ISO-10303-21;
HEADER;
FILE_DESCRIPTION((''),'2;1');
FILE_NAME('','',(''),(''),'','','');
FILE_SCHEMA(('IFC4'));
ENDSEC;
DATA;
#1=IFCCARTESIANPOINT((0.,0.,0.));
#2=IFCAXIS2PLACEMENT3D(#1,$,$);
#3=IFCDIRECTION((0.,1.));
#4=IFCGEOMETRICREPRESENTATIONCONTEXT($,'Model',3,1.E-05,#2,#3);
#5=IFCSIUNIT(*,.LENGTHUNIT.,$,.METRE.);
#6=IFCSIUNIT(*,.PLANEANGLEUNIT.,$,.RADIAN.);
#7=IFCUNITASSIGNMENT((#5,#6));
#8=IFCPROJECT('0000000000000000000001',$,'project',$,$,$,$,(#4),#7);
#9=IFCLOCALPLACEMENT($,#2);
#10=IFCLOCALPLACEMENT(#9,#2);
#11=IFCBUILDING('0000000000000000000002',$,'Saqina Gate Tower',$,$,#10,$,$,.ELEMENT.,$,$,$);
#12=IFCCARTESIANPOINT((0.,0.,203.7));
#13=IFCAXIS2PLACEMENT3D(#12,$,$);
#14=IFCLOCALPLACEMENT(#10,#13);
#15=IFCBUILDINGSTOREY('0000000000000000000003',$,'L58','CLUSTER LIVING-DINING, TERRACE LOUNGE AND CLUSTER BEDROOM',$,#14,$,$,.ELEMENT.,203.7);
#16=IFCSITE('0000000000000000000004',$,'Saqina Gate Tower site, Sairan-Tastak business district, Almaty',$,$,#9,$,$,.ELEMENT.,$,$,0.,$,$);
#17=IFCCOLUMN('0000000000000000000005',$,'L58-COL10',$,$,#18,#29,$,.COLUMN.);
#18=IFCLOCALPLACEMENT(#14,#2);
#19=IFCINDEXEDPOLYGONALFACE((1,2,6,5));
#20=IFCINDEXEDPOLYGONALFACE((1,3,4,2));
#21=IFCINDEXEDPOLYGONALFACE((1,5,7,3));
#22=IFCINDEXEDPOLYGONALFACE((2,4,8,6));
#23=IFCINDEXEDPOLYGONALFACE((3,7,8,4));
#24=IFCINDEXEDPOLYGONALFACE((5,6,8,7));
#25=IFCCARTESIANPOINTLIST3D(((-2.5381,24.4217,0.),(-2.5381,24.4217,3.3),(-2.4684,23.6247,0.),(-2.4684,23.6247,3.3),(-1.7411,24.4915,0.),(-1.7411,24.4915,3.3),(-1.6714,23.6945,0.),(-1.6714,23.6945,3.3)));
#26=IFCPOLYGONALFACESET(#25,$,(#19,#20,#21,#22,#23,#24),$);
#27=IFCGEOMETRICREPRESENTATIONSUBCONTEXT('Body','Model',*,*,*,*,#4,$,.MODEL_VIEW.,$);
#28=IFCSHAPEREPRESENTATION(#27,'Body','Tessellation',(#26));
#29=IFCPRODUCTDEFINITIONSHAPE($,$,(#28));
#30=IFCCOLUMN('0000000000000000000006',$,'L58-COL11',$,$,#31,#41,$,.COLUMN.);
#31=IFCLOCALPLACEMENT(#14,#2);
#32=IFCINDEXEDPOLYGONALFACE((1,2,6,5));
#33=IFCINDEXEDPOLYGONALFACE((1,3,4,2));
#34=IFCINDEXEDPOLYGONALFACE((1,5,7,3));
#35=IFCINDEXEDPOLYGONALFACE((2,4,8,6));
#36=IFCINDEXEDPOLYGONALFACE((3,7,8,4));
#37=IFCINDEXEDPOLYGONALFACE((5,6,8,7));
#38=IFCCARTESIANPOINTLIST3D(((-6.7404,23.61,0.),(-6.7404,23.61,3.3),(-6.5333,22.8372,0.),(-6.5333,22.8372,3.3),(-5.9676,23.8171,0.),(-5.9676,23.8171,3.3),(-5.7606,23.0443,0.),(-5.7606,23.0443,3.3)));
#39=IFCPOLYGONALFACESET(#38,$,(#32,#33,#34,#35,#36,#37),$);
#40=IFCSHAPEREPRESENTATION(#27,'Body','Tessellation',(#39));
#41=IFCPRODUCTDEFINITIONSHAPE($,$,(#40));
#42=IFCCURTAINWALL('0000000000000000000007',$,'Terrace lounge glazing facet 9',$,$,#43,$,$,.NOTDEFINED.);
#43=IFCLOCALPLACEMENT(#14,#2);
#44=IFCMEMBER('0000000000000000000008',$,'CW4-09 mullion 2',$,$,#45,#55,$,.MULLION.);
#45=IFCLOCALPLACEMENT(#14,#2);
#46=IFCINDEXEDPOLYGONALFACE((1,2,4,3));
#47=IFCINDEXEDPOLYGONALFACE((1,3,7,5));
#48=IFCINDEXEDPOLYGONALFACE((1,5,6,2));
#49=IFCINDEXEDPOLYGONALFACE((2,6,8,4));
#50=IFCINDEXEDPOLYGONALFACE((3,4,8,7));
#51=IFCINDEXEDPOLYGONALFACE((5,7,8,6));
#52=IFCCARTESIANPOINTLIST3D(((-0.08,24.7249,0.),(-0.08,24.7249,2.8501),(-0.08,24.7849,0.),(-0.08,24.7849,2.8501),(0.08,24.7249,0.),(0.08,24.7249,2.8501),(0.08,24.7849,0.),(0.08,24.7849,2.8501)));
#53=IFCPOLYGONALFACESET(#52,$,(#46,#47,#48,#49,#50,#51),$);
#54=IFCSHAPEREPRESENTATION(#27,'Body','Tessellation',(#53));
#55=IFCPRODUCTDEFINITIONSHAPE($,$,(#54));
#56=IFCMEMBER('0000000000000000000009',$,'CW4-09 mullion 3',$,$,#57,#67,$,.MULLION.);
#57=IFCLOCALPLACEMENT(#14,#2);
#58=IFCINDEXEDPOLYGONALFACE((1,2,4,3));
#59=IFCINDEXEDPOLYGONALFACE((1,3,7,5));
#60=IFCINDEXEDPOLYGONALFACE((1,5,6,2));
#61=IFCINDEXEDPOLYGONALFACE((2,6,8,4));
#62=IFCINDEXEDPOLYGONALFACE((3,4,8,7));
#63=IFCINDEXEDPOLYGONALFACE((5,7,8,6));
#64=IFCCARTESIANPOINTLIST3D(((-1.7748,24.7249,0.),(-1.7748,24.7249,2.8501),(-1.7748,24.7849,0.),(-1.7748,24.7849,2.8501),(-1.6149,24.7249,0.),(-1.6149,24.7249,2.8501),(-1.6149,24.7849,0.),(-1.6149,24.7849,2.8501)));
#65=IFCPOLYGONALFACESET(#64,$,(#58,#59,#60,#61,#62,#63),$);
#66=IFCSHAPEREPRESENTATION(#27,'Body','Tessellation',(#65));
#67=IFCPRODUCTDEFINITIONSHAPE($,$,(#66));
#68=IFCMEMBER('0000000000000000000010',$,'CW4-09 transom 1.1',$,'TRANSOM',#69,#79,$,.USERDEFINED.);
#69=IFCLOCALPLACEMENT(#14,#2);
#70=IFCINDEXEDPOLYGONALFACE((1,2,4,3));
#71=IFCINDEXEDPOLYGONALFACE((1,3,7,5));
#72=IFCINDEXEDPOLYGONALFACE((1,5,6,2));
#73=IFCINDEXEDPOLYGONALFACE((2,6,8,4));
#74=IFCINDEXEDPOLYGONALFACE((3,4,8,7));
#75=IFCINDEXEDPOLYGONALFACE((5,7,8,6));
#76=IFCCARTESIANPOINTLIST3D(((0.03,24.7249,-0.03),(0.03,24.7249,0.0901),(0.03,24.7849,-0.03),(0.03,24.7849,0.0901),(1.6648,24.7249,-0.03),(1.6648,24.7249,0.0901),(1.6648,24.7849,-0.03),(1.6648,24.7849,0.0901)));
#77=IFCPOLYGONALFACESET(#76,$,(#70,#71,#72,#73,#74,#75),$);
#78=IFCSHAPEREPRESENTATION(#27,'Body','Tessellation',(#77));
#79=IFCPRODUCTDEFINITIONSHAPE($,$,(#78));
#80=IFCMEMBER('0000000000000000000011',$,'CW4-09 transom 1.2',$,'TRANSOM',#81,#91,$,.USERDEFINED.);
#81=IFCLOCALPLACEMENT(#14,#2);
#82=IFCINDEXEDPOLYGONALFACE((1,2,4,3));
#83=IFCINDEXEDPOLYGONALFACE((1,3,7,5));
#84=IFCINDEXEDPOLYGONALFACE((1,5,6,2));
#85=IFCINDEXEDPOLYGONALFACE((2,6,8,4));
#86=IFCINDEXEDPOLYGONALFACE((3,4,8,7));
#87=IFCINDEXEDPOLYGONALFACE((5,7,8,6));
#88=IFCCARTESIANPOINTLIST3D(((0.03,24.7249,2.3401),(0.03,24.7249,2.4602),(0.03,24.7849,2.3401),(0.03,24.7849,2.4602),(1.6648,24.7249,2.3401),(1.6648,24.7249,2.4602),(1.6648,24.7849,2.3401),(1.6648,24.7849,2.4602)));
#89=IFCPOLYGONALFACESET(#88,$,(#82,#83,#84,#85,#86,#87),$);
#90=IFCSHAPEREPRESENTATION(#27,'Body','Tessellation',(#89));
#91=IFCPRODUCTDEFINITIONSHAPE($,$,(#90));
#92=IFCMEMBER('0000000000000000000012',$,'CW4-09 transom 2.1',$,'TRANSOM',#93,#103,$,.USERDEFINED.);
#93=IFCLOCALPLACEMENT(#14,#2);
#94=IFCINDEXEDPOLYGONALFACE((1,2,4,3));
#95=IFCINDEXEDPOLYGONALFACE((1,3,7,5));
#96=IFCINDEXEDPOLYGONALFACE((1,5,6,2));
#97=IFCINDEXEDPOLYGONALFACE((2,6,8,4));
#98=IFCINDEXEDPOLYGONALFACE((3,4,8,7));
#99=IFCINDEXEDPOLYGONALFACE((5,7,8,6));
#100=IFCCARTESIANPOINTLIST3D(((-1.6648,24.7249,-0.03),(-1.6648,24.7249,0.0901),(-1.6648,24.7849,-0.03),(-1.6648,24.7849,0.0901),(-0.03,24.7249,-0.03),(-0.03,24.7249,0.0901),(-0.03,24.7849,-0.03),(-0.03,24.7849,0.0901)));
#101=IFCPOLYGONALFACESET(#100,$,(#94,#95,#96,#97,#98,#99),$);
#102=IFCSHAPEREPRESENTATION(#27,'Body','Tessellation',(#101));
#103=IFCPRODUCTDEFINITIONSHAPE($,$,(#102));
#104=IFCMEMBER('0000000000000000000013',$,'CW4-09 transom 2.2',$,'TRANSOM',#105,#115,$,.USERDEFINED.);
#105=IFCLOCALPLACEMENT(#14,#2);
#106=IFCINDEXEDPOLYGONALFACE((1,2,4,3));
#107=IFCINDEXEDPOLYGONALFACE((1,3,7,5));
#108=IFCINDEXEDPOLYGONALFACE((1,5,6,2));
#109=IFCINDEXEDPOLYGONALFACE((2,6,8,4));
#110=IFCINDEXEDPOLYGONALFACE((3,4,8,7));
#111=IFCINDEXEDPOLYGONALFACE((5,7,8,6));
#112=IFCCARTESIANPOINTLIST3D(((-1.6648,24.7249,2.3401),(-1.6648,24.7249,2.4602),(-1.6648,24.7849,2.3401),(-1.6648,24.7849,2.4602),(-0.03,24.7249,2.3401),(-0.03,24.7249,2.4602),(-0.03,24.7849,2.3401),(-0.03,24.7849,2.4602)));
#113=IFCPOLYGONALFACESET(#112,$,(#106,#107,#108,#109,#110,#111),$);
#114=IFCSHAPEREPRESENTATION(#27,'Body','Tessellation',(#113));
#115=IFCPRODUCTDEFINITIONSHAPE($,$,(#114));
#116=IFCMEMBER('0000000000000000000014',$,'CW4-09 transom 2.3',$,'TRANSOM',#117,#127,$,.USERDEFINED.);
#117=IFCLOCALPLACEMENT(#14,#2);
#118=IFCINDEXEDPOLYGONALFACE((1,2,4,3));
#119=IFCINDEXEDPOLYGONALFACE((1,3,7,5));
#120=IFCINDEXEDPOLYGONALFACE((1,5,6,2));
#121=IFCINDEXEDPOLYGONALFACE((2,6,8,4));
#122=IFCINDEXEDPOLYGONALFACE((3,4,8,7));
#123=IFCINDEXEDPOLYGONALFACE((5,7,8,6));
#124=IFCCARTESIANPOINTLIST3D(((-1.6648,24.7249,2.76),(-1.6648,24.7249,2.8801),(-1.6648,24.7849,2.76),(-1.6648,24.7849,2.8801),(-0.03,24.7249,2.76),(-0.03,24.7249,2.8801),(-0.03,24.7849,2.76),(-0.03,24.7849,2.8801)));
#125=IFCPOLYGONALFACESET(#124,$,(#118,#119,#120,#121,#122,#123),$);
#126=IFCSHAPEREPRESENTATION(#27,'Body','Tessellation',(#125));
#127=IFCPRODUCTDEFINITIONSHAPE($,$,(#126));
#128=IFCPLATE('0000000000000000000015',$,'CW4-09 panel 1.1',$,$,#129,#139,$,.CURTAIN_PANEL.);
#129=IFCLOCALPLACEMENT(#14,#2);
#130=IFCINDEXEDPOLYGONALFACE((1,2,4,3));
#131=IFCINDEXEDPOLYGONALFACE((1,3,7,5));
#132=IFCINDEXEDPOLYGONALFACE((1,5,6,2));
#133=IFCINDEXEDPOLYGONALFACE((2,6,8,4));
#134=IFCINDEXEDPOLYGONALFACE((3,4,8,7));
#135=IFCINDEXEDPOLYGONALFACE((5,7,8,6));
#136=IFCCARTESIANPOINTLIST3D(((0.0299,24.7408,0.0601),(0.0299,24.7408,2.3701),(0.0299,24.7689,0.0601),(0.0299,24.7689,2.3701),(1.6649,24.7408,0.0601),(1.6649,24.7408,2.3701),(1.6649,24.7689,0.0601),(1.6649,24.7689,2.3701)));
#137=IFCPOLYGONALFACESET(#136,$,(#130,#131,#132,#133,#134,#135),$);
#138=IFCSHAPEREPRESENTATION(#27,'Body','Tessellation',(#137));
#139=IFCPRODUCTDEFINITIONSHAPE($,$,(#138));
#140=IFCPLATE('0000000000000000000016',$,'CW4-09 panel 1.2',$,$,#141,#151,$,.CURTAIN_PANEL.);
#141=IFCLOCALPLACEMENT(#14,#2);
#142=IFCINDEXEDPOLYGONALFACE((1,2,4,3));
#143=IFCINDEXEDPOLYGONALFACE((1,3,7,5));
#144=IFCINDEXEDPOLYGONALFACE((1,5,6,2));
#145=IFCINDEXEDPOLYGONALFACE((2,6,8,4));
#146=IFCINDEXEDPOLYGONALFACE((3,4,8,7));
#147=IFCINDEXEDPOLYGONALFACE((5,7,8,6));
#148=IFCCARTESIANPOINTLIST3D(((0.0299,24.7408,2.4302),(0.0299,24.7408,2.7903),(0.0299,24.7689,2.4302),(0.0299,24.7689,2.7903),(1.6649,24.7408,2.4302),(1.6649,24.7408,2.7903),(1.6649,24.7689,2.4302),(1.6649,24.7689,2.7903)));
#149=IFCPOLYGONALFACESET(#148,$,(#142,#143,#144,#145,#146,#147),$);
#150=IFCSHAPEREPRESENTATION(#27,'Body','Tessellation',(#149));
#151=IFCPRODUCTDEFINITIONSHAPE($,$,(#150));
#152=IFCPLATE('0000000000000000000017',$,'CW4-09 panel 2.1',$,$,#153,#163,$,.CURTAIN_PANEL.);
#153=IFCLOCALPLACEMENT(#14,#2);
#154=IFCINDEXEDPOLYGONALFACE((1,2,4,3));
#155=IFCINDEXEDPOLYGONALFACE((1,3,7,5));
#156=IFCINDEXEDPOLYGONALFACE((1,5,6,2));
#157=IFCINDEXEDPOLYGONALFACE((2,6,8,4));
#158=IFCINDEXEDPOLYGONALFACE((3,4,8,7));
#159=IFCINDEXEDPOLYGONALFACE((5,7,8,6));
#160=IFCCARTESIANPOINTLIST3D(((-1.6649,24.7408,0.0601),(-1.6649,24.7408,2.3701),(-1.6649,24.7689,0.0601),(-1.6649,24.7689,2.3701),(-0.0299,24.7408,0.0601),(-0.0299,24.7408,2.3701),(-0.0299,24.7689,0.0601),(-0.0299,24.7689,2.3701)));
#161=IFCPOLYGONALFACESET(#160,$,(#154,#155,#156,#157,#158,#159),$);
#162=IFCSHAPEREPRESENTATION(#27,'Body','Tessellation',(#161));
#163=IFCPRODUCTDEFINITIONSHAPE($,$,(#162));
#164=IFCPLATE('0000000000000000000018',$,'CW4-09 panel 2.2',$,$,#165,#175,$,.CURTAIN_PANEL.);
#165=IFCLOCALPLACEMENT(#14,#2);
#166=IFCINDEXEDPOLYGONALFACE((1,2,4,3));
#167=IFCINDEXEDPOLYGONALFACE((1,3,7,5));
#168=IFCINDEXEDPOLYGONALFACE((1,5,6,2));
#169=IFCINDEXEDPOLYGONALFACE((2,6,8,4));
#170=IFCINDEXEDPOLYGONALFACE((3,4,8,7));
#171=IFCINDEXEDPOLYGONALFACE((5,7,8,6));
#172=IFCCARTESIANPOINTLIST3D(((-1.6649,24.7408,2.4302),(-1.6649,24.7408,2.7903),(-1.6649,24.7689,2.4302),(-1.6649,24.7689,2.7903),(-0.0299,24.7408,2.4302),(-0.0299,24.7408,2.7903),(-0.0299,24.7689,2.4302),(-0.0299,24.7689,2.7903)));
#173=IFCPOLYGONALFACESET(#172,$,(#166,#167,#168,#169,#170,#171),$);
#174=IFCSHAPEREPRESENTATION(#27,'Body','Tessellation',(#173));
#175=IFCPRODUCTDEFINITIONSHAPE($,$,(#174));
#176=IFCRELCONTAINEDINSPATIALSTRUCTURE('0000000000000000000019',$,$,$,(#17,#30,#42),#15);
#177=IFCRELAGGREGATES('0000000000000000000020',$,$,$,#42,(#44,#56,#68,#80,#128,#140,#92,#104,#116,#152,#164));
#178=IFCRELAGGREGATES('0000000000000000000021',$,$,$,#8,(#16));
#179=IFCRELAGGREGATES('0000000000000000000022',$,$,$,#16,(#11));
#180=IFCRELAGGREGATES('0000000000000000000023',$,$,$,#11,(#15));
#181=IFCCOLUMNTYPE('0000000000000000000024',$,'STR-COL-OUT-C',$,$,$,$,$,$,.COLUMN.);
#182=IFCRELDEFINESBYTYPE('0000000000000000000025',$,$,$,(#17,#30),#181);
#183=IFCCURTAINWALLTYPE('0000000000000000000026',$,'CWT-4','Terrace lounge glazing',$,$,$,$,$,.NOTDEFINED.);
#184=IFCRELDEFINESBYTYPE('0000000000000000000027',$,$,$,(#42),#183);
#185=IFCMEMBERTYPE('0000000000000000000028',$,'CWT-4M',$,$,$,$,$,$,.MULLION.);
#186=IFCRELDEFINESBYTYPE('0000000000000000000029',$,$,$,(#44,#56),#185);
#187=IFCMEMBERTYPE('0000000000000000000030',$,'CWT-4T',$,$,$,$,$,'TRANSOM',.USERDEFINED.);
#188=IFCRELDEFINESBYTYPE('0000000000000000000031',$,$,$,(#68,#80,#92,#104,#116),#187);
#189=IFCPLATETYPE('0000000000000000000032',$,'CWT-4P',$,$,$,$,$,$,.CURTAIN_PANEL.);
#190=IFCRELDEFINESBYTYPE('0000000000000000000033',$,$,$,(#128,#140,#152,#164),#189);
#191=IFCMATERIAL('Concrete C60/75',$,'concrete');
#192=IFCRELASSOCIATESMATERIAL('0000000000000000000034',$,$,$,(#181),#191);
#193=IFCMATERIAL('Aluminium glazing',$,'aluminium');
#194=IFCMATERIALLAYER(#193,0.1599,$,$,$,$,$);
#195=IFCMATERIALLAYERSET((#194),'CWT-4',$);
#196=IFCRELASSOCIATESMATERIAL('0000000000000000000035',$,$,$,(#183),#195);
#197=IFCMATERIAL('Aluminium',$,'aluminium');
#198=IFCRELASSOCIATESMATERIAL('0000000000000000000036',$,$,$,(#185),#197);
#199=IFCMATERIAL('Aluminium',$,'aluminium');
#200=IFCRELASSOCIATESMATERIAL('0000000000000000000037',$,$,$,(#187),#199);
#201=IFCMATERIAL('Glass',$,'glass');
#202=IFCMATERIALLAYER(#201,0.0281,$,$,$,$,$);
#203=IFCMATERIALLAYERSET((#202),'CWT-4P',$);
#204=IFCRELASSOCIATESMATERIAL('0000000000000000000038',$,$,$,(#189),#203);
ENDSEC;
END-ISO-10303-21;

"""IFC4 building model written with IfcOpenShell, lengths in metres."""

from ifc_helpers import new_model, si_unit, direction, frame, origin, origin_2d, place, context, subcontext, project, spatial, rectangle, extrude, material, layer, layer_set, material_profile, profile_set, type_object, element, aggregate, save


model = new_model("IFC4")

# Units and contexts
model_context = context("Model", 3, precision=1e-05, world=origin(), true_north=direction((0.0, 1.0)))
body_context = subcontext(model_context, "Body", "Model", "MODEL_VIEW")
ifc_project = project(units=[si_unit("LENGTHUNIT", "METRE"), si_unit("PLANEANGLEUNIT", "RADIAN")], contexts=[model_context])

# Site, building, storey
site_placement = place(None, origin())
site = spatial("IfcSite", under=ifc_project, at=site_placement, Name="Saqina Gate Tower site, Sairan-Tastak business district, Almaty", CompositionType="ELEMENT", RefElevation=0.0)
building_placement = place(site_placement, origin())
building = spatial("IfcBuilding", under=site, at=building_placement, Name="Saqina Gate Tower", CompositionType="ELEMENT")
storey_placement = place(building_placement, frame((0.0, 0.0, 203.7)))
storey = spatial("IfcBuildingStorey", under=building, at=storey_placement, Name="L58", Description="CLUSTER LIVING-DINING, TERRACE LOUNGE AND CLUSTER BEDROOM", CompositionType="ELEMENT", Elevation=203.7)

# Columns
ifc_material_1 = material(Name="Concrete C60/75", Category="concrete")
ifc_material_profile_1 = material_profile(ifc_material_1, rectangle(XDim=0.8, YDim=0.8, at=origin_2d()), Name="RC 800x800")
ifc_profile_set_1 = profile_set([ifc_material_profile_1], Name="Concrete C60/75")
column_type = type_object("IfcColumnType", Name="STR-COL-OUT-C", PredefinedType="COLUMN", material=ifc_profile_set_1)
for number, where, z_axis, x_axis, name in (
    (1, (-2.1047, 24.0581, 0.0), (0.0, 0.0, 1.0), (-0.087156, 0.996195, 0.0), "L58-COL10"),
    (2, (-6.2505, 23.3271, 0.0), (0.0, 0.0, 1.0), (-0.258819, 0.965926, 0.0), "L58-COL11"),
):
    element("IfcColumn", number, at=place(storey_placement, frame(where, z_axis=z_axis, x_axis=x_axis)), inside=storey, type_object=column_type, Name=name, PredefinedType="COLUMN", context=body_context, shape_type="SweptSolid", body=[
        extrude(rectangle(XDim=0.8, YDim=0.8, at=origin_2d()), origin(), (0.0, 0.0, 1.0), 3.3),
    ])

# Curtain wall, members, plates
ifc_material_2 = material(Name="Aluminium glazing", Category="aluminium")
ifc_layer_1 = layer(ifc_material_2, 0.1599)
ifc_layer_set_1 = layer_set([ifc_layer_1], Name="CWT-4")
curtain_wall_type = type_object("IfcCurtainWallType", Name="CWT-4", Description="Terrace lounge glazing", PredefinedType="NOTDEFINED", material=ifc_layer_set_1)
curtain_wall_placement = place(storey_placement, origin())
curtain_wall = element("IfcCurtainWall", 3, at=curtain_wall_placement, inside=storey, type_object=curtain_wall_type, Name="Terrace lounge glazing facet 9", PredefinedType="NOTDEFINED")
ifc_material_3 = material(Name="Aluminium", Category="aluminium")
ifc_material_profile_2 = material_profile(ifc_material_3, rectangle(XDim=0.0601, YDim=0.1599, at=origin_2d()), Name="Aluminium 60x160")
ifc_profile_set_2 = profile_set([ifc_material_profile_2], Name="Aluminium")
member_type_1 = type_object("IfcMemberType", Name="CWT-4M", PredefinedType="MULLION", material=ifc_profile_set_2)
member_1_placement = place(storey_placement, frame((0.0, 24.7549, 0.0), z_axis=(0.0, 0.0, 1.0), x_axis=(0.0, -1.0, 0.0)))
member_1 = element("IfcMember", 4, at=member_1_placement, type_object=member_type_1, Name="CW4-09 mullion 2", PredefinedType="MULLION", context=body_context, shape_type="SweptSolid", body=[
    extrude(rectangle(XDim=0.0601, YDim=0.1599, at=origin_2d()), origin(), (0.0, 0.0, 1.0), 2.8501),
])
member_2_placement = place(storey_placement, frame((-1.6948, 24.7549, 0.0), z_axis=(0.0, 0.0, 1.0), x_axis=(0.0, -1.0, 0.0)))
member_2 = element("IfcMember", 5, at=member_2_placement, type_object=member_type_1, Name="CW4-09 mullion 3", PredefinedType="MULLION", context=body_context, shape_type="SweptSolid", body=[
    extrude(rectangle(XDim=0.0601, YDim=0.1599, at=origin_2d()), origin(), (0.0, 0.0, 1.0), 2.8501),
])
ifc_material_4 = material(Name="Aluminium", Category="aluminium")
ifc_material_profile_3 = material_profile(ifc_material_4, rectangle(XDim=0.0601, YDim=0.1201, at=origin_2d()), Name="Aluminium 60x120")
ifc_profile_set_3 = profile_set([ifc_material_profile_3], Name="Aluminium")
member_type_2 = type_object("IfcMemberType", Name="CWT-4T", ElementType="TRANSOM", PredefinedType="USERDEFINED", material=ifc_profile_set_3)
member_3_placement = place(storey_placement, frame((1.6648, 24.7549, 0.03), z_axis=(-1.0, 0.0, 0.0), x_axis=(0.0, -1.0, 0.0)))
member_3 = element("IfcMember", 6, at=member_3_placement, type_object=member_type_2, Name="CW4-09 transom 1.1", ObjectType="TRANSOM", PredefinedType="USERDEFINED", context=body_context, shape_type="SweptSolid", body=[
    extrude(rectangle(XDim=0.0601, YDim=0.1201, at=origin_2d()), origin(), (0.0, 0.0, 1.0), 1.6348),
])
member_4_placement = place(storey_placement, frame((1.6648, 24.7549, 2.4001), z_axis=(-1.0, 0.0, 0.0), x_axis=(0.0, -1.0, 0.0)))
member_4 = element("IfcMember", 7, at=member_4_placement, type_object=member_type_2, Name="CW4-09 transom 1.2", ObjectType="TRANSOM", PredefinedType="USERDEFINED", context=body_context, shape_type="SweptSolid", body=[
    extrude(rectangle(XDim=0.0601, YDim=0.1201, at=origin_2d()), origin(), (0.0, 0.0, 1.0), 1.6348),
])
member_5_placement = place(storey_placement, frame((-0.03, 24.7549, 0.03), z_axis=(-1.0, 0.0, 0.0), x_axis=(0.0, -1.0, 0.0)))
member_5 = element("IfcMember", 8, at=member_5_placement, type_object=member_type_2, Name="CW4-09 transom 2.1", ObjectType="TRANSOM", PredefinedType="USERDEFINED", context=body_context, shape_type="SweptSolid", body=[
    extrude(rectangle(XDim=0.0601, YDim=0.1201, at=origin_2d()), origin(), (0.0, 0.0, 1.0), 1.6348),
])
member_6_placement = place(storey_placement, frame((-0.03, 24.7549, 2.4001), z_axis=(-1.0, 0.0, 0.0), x_axis=(0.0, -1.0, 0.0)))
member_6 = element("IfcMember", 9, at=member_6_placement, type_object=member_type_2, Name="CW4-09 transom 2.2", ObjectType="TRANSOM", PredefinedType="USERDEFINED", context=body_context, shape_type="SweptSolid", body=[
    extrude(rectangle(XDim=0.0601, YDim=0.1201, at=origin_2d()), origin(), (0.0, 0.0, 1.0), 1.6348),
])
member_7_placement = place(storey_placement, frame((-0.03, 24.7549, 2.8201), z_axis=(-1.0, 0.0, 0.0), x_axis=(0.0, -1.0, 0.0)))
member_7 = element("IfcMember", 10, at=member_7_placement, type_object=member_type_2, Name="CW4-09 transom 2.3", ObjectType="TRANSOM", PredefinedType="USERDEFINED", context=body_context, shape_type="SweptSolid", body=[
    extrude(rectangle(XDim=0.0601, YDim=0.1201, at=origin_2d()), origin(), (0.0, 0.0, 1.0), 1.6348),
])
ifc_material_5 = material(Name="Glass", Category="glass")
ifc_layer_2 = layer(ifc_material_5, 0.0281)
ifc_layer_set_2 = layer_set([ifc_layer_2], Name="CWT-4P")
plate_type = type_object("IfcPlateType", Name="CWT-4P", PredefinedType="CURTAIN_PANEL", material=ifc_layer_set_2)
plate_1_placement = place(storey_placement, frame((0.8474, 24.7549, 0.0601), z_axis=(0.0, 0.0, 1.0), x_axis=(-1.0, 0.0, 0.0)))
plate_1 = element("IfcPlate", 11, at=plate_1_placement, type_object=plate_type, Name="CW4-09 panel 1.1", PredefinedType="CURTAIN_PANEL", context=body_context, shape_type="SweptSolid", body=[
    extrude(rectangle(XDim=1.635, YDim=0.0281, at=origin_2d()), origin(), (0.0, 0.0, 1.0), 2.3101),
])
plate_2_placement = place(storey_placement, frame((0.8474, 24.7549, 2.4302), z_axis=(0.0, 0.0, 1.0), x_axis=(-1.0, 0.0, 0.0)))
plate_2 = element("IfcPlate", 12, at=plate_2_placement, type_object=plate_type, Name="CW4-09 panel 1.2", PredefinedType="CURTAIN_PANEL", context=body_context, shape_type="SweptSolid", body=[
    extrude(rectangle(XDim=1.635, YDim=0.0281, at=origin_2d()), origin(), (0.0, 0.0, 1.0), 0.3601),
])
plate_3_placement = place(storey_placement, frame((-0.8474, 24.7549, 0.0601), z_axis=(0.0, 0.0, 1.0), x_axis=(-1.0, 0.0, 0.0)))
plate_3 = element("IfcPlate", 13, at=plate_3_placement, type_object=plate_type, Name="CW4-09 panel 2.1", PredefinedType="CURTAIN_PANEL", context=body_context, shape_type="SweptSolid", body=[
    extrude(rectangle(XDim=1.635, YDim=0.0281, at=origin_2d()), origin(), (0.0, 0.0, 1.0), 2.3101),
])
plate_4_placement = place(storey_placement, frame((-0.8474, 24.7549, 2.4302), z_axis=(0.0, 0.0, 1.0), x_axis=(-1.0, 0.0, 0.0)))
plate_4 = element("IfcPlate", 14, at=plate_4_placement, type_object=plate_type, Name="CW4-09 panel 2.2", PredefinedType="CURTAIN_PANEL", context=body_context, shape_type="SweptSolid", body=[
    extrude(rectangle(XDim=1.635, YDim=0.0281, at=origin_2d()), origin(), (0.0, 0.0, 1.0), 0.3601),
])
aggregate(curtain_wall, [member_1, member_2, member_3, member_4, plate_1, plate_2, member_5, member_6, member_7, plate_3, plate_4])

save(model, "model.ifc")
